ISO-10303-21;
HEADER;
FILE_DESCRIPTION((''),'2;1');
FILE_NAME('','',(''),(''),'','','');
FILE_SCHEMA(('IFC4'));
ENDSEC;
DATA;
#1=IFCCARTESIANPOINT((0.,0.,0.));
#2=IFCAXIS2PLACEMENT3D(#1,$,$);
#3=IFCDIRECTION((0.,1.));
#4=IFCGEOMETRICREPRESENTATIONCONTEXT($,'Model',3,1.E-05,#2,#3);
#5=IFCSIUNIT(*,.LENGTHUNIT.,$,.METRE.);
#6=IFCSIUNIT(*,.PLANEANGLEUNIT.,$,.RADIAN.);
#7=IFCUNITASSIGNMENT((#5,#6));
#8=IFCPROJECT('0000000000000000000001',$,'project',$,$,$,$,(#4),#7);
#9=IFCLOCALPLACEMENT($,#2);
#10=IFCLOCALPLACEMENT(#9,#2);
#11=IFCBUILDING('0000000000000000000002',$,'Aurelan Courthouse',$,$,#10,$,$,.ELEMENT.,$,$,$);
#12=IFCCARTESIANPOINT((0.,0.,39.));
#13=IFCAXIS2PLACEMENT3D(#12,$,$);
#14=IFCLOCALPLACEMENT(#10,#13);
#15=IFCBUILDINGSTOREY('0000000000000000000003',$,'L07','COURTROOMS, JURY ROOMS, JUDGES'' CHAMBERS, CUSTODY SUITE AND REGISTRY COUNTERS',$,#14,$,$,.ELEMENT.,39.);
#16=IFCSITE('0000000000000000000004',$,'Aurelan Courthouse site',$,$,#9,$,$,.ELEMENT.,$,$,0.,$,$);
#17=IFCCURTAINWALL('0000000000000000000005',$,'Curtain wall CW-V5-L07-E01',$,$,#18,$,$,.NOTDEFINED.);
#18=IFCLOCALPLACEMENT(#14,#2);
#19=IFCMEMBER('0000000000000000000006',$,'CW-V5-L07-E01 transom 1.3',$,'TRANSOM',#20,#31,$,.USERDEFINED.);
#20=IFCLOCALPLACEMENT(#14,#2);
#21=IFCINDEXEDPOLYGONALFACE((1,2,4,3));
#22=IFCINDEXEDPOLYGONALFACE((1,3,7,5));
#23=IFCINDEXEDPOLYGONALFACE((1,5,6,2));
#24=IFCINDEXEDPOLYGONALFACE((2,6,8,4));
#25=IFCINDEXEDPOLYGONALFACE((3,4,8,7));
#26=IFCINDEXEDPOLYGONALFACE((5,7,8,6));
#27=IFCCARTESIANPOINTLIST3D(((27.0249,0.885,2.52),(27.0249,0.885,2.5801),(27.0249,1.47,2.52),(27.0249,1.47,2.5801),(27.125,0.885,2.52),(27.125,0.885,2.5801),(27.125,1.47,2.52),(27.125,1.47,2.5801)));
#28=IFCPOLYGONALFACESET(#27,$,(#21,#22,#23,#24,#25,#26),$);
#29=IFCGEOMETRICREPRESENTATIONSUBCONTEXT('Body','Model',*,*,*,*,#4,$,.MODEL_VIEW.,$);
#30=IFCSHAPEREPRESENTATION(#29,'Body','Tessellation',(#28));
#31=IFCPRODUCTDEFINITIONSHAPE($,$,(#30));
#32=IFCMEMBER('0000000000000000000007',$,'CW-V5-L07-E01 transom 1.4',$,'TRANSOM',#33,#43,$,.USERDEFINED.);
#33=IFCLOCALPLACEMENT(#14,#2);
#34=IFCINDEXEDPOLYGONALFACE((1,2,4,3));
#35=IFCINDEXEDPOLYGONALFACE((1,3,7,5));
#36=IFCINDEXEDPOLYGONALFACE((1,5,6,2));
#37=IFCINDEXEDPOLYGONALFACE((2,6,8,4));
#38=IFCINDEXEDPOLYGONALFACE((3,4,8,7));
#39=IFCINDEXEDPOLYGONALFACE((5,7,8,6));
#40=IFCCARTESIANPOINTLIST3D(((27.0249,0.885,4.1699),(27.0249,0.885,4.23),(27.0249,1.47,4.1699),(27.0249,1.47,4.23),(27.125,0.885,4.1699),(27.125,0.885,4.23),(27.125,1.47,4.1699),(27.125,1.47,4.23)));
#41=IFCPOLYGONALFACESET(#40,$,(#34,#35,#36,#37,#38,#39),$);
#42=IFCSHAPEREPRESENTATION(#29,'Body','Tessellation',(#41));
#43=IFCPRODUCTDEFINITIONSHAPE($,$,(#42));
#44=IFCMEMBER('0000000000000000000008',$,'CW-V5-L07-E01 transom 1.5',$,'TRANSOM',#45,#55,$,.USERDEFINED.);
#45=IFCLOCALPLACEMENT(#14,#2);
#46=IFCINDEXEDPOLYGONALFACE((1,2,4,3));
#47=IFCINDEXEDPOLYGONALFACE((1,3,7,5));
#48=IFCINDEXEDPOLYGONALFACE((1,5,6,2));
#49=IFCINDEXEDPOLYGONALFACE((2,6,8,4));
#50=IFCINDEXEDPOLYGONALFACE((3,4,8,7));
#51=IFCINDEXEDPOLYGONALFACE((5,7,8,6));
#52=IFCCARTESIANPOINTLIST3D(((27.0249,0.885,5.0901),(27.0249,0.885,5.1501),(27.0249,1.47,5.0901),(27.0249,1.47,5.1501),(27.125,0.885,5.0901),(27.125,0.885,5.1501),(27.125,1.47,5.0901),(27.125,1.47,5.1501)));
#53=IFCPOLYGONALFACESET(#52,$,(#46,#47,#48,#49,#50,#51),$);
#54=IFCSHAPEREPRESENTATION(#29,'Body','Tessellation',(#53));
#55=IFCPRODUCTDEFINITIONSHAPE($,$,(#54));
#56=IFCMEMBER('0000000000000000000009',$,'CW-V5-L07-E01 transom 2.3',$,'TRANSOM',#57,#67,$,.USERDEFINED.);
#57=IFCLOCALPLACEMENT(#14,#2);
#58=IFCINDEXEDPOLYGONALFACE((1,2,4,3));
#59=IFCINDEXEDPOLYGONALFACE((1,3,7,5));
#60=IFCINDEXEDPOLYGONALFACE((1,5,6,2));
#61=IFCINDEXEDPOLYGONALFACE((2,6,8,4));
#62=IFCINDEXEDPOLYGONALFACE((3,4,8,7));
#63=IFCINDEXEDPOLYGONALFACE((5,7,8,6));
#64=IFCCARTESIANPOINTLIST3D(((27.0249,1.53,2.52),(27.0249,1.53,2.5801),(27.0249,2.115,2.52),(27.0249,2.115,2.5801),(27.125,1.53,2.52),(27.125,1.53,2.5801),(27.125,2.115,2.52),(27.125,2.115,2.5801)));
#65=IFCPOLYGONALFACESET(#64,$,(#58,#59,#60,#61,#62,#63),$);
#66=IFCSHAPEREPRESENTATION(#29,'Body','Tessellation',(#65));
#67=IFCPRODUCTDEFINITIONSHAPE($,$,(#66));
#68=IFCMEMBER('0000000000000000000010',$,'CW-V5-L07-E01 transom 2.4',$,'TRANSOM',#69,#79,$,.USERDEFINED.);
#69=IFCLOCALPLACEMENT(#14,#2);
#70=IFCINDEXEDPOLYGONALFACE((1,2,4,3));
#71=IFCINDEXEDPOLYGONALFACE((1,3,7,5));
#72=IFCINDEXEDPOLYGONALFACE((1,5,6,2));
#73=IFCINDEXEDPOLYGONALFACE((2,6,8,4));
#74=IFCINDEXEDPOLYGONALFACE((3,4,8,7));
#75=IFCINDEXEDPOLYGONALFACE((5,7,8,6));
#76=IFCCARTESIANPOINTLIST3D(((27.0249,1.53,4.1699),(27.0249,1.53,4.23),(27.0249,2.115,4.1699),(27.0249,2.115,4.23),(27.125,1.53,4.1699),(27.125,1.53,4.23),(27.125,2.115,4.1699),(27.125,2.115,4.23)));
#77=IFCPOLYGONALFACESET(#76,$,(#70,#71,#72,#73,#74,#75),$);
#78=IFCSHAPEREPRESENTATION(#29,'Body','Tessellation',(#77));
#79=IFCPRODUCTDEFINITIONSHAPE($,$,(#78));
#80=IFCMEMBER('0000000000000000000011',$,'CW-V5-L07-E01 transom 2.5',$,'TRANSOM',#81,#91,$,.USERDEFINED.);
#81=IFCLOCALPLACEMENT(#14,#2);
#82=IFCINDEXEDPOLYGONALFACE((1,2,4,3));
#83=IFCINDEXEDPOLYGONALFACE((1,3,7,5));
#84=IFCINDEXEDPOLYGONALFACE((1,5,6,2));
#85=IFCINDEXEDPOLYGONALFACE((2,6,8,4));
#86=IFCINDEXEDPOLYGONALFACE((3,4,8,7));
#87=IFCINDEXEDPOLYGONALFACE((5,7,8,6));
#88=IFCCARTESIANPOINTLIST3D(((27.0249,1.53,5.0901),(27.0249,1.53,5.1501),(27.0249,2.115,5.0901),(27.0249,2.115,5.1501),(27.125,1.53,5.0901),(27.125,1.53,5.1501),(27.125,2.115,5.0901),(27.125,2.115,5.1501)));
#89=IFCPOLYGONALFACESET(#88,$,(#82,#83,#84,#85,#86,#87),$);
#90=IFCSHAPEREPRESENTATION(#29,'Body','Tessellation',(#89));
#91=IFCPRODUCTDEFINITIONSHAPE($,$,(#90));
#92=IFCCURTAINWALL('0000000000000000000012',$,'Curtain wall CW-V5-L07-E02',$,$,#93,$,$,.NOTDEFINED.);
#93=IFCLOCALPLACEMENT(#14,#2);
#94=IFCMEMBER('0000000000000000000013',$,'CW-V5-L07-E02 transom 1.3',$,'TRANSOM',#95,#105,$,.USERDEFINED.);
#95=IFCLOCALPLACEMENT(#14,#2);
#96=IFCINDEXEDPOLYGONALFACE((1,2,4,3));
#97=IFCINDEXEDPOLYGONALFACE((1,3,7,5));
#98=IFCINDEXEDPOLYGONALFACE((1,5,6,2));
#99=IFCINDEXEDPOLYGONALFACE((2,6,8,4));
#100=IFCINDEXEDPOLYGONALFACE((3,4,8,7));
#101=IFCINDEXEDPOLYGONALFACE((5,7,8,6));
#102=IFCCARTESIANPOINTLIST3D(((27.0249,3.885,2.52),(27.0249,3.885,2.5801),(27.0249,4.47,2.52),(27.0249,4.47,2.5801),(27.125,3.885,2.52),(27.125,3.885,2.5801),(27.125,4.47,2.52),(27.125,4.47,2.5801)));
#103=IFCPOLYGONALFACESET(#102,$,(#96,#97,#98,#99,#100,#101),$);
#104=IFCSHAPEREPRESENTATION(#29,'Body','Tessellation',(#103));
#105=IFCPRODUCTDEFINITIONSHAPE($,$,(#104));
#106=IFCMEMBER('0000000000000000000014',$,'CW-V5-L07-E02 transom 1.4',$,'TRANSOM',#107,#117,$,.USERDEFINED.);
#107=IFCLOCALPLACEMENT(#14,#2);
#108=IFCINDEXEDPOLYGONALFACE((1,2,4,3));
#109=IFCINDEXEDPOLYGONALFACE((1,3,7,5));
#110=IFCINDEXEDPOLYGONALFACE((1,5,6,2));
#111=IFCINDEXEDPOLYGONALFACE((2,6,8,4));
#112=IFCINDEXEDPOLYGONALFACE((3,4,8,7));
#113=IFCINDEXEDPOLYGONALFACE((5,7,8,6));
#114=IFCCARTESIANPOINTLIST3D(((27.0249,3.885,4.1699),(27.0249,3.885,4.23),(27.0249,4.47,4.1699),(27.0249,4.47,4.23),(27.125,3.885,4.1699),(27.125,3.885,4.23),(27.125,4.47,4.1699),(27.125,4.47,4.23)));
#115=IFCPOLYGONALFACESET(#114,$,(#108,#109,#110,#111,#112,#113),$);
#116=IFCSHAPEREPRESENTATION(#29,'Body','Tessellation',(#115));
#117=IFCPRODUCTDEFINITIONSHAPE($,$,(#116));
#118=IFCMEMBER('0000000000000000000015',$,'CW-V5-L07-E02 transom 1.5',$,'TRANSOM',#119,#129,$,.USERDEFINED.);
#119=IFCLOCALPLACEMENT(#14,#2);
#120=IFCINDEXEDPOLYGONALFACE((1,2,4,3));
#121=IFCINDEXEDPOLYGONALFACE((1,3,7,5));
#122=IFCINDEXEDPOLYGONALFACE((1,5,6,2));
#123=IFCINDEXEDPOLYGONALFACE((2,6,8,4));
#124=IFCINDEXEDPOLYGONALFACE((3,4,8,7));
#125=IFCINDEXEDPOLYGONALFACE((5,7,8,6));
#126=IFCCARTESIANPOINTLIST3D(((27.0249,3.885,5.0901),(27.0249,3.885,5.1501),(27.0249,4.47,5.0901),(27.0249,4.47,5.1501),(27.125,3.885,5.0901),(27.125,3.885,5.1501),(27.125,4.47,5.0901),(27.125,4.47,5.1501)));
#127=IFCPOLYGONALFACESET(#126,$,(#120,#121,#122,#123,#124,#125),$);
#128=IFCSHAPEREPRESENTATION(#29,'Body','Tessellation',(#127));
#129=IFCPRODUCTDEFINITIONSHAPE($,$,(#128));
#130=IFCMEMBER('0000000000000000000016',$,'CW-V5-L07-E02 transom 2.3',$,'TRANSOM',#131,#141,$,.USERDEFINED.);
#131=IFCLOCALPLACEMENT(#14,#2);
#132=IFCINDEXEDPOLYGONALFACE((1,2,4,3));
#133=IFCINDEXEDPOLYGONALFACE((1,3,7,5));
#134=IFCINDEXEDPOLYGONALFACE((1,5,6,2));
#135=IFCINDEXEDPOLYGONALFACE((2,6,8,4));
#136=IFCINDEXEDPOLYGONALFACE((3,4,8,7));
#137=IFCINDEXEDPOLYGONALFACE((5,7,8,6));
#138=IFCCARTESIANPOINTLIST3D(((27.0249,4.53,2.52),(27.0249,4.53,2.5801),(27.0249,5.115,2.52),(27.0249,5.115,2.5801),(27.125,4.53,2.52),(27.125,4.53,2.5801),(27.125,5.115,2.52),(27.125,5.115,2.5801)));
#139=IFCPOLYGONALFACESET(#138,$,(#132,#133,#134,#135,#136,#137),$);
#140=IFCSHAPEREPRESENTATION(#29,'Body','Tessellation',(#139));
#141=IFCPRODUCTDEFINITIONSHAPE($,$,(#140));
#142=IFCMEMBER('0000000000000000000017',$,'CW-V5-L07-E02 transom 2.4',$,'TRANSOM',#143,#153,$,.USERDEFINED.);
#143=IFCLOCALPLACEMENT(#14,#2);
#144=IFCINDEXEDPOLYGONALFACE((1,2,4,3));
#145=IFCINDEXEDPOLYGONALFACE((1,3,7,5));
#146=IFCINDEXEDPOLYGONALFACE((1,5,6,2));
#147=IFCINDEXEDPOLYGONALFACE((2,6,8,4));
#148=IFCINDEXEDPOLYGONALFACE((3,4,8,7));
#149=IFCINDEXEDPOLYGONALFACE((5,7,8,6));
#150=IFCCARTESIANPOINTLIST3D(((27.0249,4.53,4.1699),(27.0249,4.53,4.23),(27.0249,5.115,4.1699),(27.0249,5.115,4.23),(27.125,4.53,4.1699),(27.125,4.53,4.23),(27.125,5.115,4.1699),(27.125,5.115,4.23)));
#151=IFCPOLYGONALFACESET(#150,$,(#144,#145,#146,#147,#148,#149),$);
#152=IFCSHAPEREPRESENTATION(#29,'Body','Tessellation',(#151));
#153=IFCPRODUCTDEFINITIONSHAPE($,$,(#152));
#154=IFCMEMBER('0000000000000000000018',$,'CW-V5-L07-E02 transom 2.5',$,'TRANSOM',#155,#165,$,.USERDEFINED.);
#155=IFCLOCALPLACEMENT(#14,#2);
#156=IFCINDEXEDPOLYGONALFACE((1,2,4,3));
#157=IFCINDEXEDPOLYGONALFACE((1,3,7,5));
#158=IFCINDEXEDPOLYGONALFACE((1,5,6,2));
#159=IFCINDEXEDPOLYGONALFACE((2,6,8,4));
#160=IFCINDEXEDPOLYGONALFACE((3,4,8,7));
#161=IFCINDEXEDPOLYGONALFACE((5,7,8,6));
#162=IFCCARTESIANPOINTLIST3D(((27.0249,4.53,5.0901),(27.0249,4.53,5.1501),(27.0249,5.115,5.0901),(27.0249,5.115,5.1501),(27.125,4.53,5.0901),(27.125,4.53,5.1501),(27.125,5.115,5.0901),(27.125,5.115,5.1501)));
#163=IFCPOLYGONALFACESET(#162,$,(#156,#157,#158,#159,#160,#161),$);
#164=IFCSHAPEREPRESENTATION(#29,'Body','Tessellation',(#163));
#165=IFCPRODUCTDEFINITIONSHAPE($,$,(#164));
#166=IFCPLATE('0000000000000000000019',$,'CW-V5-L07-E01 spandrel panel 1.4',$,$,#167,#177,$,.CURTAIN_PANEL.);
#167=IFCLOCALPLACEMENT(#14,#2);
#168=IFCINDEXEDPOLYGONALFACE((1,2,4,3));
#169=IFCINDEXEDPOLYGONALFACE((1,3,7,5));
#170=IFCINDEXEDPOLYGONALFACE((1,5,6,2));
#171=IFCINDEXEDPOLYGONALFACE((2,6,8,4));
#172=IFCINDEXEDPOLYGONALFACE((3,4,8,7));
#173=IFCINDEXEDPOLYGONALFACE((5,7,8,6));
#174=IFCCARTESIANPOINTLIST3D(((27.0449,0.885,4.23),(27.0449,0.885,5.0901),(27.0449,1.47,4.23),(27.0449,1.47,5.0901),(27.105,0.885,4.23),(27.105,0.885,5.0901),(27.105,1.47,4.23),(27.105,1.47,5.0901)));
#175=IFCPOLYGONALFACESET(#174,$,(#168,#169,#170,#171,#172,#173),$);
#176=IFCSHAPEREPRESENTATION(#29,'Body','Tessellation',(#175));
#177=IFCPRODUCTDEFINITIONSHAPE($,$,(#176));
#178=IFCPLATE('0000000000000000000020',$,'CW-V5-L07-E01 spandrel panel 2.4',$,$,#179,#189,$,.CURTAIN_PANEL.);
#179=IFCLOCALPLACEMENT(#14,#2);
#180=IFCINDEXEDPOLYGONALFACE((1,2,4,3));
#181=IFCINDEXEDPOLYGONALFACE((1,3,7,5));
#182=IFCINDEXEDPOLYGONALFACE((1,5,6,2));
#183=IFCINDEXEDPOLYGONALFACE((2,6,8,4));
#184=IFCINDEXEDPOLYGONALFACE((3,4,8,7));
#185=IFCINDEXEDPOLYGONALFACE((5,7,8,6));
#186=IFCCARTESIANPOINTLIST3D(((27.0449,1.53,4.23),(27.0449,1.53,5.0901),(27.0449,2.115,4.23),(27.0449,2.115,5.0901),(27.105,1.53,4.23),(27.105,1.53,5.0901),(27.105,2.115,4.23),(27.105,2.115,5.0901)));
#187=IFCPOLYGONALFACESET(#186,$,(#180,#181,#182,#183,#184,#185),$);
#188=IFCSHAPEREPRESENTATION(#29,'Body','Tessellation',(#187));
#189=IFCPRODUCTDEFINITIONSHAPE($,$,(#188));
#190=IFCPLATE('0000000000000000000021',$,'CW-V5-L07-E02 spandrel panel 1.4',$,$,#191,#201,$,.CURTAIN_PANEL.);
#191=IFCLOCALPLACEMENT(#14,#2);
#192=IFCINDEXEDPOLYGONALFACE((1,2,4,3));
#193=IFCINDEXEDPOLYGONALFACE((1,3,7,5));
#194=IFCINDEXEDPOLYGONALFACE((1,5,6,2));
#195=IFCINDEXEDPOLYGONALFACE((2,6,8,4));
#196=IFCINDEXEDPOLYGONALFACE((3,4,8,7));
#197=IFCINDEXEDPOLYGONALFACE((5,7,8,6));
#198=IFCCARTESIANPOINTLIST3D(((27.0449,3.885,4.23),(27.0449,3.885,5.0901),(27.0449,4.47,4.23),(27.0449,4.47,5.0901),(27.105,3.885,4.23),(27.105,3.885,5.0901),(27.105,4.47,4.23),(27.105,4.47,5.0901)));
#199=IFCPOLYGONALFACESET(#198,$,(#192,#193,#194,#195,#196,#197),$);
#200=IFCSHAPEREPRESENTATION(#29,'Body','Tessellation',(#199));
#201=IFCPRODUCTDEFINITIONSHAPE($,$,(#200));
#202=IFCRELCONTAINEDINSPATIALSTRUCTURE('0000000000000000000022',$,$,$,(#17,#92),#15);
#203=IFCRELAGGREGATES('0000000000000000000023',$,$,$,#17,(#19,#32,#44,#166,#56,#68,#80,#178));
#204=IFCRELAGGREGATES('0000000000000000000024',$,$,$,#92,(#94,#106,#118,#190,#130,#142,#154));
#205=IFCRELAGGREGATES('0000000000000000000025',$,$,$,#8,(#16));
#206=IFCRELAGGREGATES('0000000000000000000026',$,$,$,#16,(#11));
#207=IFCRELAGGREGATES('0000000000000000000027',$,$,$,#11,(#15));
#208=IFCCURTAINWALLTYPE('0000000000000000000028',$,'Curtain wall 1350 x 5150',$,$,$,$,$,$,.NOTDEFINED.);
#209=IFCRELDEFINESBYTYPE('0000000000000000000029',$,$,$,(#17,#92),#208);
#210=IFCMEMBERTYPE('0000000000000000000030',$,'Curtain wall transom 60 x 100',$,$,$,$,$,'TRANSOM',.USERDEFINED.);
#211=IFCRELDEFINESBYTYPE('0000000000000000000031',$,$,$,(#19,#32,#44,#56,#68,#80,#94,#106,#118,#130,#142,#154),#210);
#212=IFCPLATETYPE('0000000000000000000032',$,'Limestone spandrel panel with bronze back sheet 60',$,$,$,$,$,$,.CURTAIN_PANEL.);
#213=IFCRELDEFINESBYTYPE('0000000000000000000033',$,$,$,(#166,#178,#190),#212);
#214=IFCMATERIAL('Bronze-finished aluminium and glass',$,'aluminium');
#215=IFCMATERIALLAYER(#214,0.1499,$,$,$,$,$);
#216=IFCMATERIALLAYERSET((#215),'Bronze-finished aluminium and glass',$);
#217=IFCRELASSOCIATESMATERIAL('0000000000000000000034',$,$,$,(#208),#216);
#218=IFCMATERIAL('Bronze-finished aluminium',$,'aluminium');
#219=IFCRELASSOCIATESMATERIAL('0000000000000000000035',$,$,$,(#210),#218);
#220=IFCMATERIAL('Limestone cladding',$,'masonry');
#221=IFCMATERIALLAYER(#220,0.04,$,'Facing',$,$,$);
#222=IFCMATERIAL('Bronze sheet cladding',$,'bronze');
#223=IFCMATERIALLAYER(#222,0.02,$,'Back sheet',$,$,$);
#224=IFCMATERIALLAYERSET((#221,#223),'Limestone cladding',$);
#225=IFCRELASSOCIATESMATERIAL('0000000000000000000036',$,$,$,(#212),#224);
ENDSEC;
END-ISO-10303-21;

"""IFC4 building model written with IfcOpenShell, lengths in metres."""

from ifc_helpers import new_model, si_unit, direction, frame, origin, origin_2d, place, context, subcontext, project, spatial, rectangle, extrude, material, layer, layer_set, material_profile, profile_set, type_object, element, aggregate, save


model = new_model("IFC4")

# Units and contexts
model_context = context("Model", 3, precision=1e-05, world=origin(), true_north=direction((0.0, 1.0)))
body_context = subcontext(model_context, "Body", "Model", "MODEL_VIEW")
ifc_project = project(units=[si_unit("LENGTHUNIT", "METRE"), si_unit("PLANEANGLEUNIT", "RADIAN")], contexts=[model_context])

# Site, building, storey
site_placement = place(None, origin())
site = spatial("IfcSite", under=ifc_project, at=site_placement, Name="Aurelan Courthouse site", CompositionType="ELEMENT", RefElevation=0.0)
building_placement = place(site_placement, origin())
building = spatial("IfcBuilding", under=site, at=building_placement, Name="Aurelan Courthouse", CompositionType="ELEMENT")
storey_placement = place(building_placement, frame((0.0, 0.0, 39.0)))
storey = spatial("IfcBuildingStorey", under=building, at=storey_placement, Name="L07", Description="COURTROOMS, JURY ROOMS, JUDGES' CHAMBERS, CUSTODY SUITE AND REGISTRY COUNTERS", CompositionType="ELEMENT", Elevation=39.0)

# Curtain walls, members
ifc_material_1 = material(Name="Bronze-finished aluminium and glass", Category="aluminium")
ifc_layer_1 = layer(ifc_material_1, 0.1499)
ifc_layer_set_1 = layer_set([ifc_layer_1], Name="Bronze-finished aluminium and glass")
curtain_wall_type = type_object("IfcCurtainWallType", Name="Curtain wall 1350 x 5150", PredefinedType="NOTDEFINED", material=ifc_layer_set_1)
curtain_wall_1_placement = place(storey_placement, origin())
curtain_wall_1 = element("IfcCurtainWall", 1, at=curtain_wall_1_placement, inside=storey, type_object=curtain_wall_type, Name="Curtain wall CW-V5-L07-E01", PredefinedType="NOTDEFINED")
ifc_material_2 = material(Name="Bronze-finished aluminium", Category="aluminium")
ifc_material_profile = material_profile(ifc_material_2, rectangle(XDim=0.1001, YDim=0.0601, at=origin_2d()), Name="Bronze transom 60 x 100")
ifc_profile_set = profile_set([ifc_material_profile], Name="Bronze-finished aluminium")
member_type = type_object("IfcMemberType", Name="Curtain wall transom 60 x 100", ElementType="TRANSOM", PredefinedType="USERDEFINED", material=ifc_profile_set)
member_1_placement = place(storey_placement, frame((27.075, 0.885, 2.55), z_axis=(0.0, 1.0, 0.0), x_axis=(-1.0, 0.0, 0.0)))
member_1 = element("IfcMember", 2, at=member_1_placement, type_object=member_type, Name="CW-V5-L07-E01 transom 1.3", ObjectType="TRANSOM", PredefinedType="USERDEFINED", context=body_context, shape_type="SweptSolid", body=[
    extrude(rectangle(XDim=0.1001, YDim=0.0601, at=origin_2d()), origin(), (0.0, 0.0, 1.0), 0.585),
])
member_2_placement = place(storey_placement, frame((27.075, 0.885, 4.2), z_axis=(0.0, 1.0, 0.0), x_axis=(-1.0, 0.0, 0.0)))
member_2 = element("IfcMember", 3, at=member_2_placement, type_object=member_type, Name="CW-V5-L07-E01 transom 1.4", ObjectType="TRANSOM", PredefinedType="USERDEFINED", context=body_context, shape_type="SweptSolid", body=[
    extrude(rectangle(XDim=0.1001, YDim=0.0601, at=origin_2d()), origin(), (0.0, 0.0, 1.0), 0.585),
])
member_3_placement = place(storey_placement, frame((27.075, 0.885, 5.1201), z_axis=(0.0, 1.0, 0.0), x_axis=(-1.0, 0.0, 0.0)))
member_3 = element("IfcMember", 4, at=member_3_placement, type_object=member_type, Name="CW-V5-L07-E01 transom 1.5", ObjectType="TRANSOM", PredefinedType="USERDEFINED", context=body_context, shape_type="SweptSolid", body=[
    extrude(rectangle(XDim=0.1001, YDim=0.0601, at=origin_2d()), origin(), (0.0, 0.0, 1.0), 0.585),
])
member_4_placement = place(storey_placement, frame((27.075, 1.53, 2.55), z_axis=(0.0, 1.0, 0.0), x_axis=(-1.0, 0.0, 0.0)))
member_4 = element("IfcMember", 5, at=member_4_placement, type_object=member_type, Name="CW-V5-L07-E01 transom 2.3", ObjectType="TRANSOM", PredefinedType="USERDEFINED", context=body_context, shape_type="SweptSolid", body=[
    extrude(rectangle(XDim=0.1001, YDim=0.0601, at=origin_2d()), origin(), (0.0, 0.0, 1.0), 0.585),
])
member_5_placement = place(storey_placement, frame((27.075, 1.53, 4.2), z_axis=(0.0, 1.0, 0.0), x_axis=(-1.0, 0.0, 0.0)))
member_5 = element("IfcMember", 6, at=member_5_placement, type_object=member_type, Name="CW-V5-L07-E01 transom 2.4", ObjectType="TRANSOM", PredefinedType="USERDEFINED", context=body_context, shape_type="SweptSolid", body=[
    extrude(rectangle(XDim=0.1001, YDim=0.0601, at=origin_2d()), origin(), (0.0, 0.0, 1.0), 0.585),
])
member_6_placement = place(storey_placement, frame((27.075, 1.53, 5.1201), z_axis=(0.0, 1.0, 0.0), x_axis=(-1.0, 0.0, 0.0)))
member_6 = element("IfcMember", 7, at=member_6_placement, type_object=member_type, Name="CW-V5-L07-E01 transom 2.5", ObjectType="TRANSOM", PredefinedType="USERDEFINED", context=body_context, shape_type="SweptSolid", body=[
    extrude(rectangle(XDim=0.1001, YDim=0.0601, at=origin_2d()), origin(), (0.0, 0.0, 1.0), 0.585),
])
curtain_wall_2_placement = place(storey_placement, origin())
curtain_wall_2 = element("IfcCurtainWall", 8, at=curtain_wall_2_placement, inside=storey, type_object=curtain_wall_type, Name="Curtain wall CW-V5-L07-E02", PredefinedType="NOTDEFINED")
member_7_placement = place(storey_placement, frame((27.075, 3.885, 2.55), z_axis=(0.0, 1.0, 0.0), x_axis=(-1.0, 0.0, 0.0)))
member_7 = element("IfcMember", 9, at=member_7_placement, type_object=member_type, Name="CW-V5-L07-E02 transom 1.3", ObjectType="TRANSOM", PredefinedType="USERDEFINED", context=body_context, shape_type="SweptSolid", body=[
    extrude(rectangle(XDim=0.1001, YDim=0.0601, at=origin_2d()), origin(), (0.0, 0.0, 1.0), 0.585),
])
member_8_placement = place(storey_placement, frame((27.075, 3.885, 4.2), z_axis=(0.0, 1.0, 0.0), x_axis=(-1.0, 0.0, 0.0)))
member_8 = element("IfcMember", 10, at=member_8_placement, type_object=member_type, Name="CW-V5-L07-E02 transom 1.4", ObjectType="TRANSOM", PredefinedType="USERDEFINED", context=body_context, shape_type="SweptSolid", body=[
    extrude(rectangle(XDim=0.1001, YDim=0.0601, at=origin_2d()), origin(), (0.0, 0.0, 1.0), 0.585),
])
member_9_placement = place(storey_placement, frame((27.075, 3.885, 5.1201), z_axis=(0.0, 1.0, 0.0), x_axis=(-1.0, 0.0, 0.0)))
member_9 = element("IfcMember", 11, at=member_9_placement, type_object=member_type, Name="CW-V5-L07-E02 transom 1.5", ObjectType="TRANSOM", PredefinedType="USERDEFINED", context=body_context, shape_type="SweptSolid", body=[
    extrude(rectangle(XDim=0.1001, YDim=0.0601, at=origin_2d()), origin(), (0.0, 0.0, 1.0), 0.585),
])
member_10_placement = place(storey_placement, frame((27.075, 4.53, 2.55), z_axis=(0.0, 1.0, 0.0), x_axis=(-1.0, 0.0, 0.0)))
member_10 = element("IfcMember", 12, at=member_10_placement, type_object=member_type, Name="CW-V5-L07-E02 transom 2.3", ObjectType="TRANSOM", PredefinedType="USERDEFINED", context=body_context, shape_type="SweptSolid", body=[
    extrude(rectangle(XDim=0.1001, YDim=0.0601, at=origin_2d()), origin(), (0.0, 0.0, 1.0), 0.585),
])
member_11_placement = place(storey_placement, frame((27.075, 4.53, 4.2), z_axis=(0.0, 1.0, 0.0), x_axis=(-1.0, 0.0, 0.0)))
member_11 = element("IfcMember", 13, at=member_11_placement, type_object=member_type, Name="CW-V5-L07-E02 transom 2.4", ObjectType="TRANSOM", PredefinedType="USERDEFINED", context=body_context, shape_type="SweptSolid", body=[
    extrude(rectangle(XDim=0.1001, YDim=0.0601, at=origin_2d()), origin(), (0.0, 0.0, 1.0), 0.585),
])
member_12_placement = place(storey_placement, frame((27.075, 4.53, 5.1201), z_axis=(0.0, 1.0, 0.0), x_axis=(-1.0, 0.0, 0.0)))
member_12 = element("IfcMember", 14, at=member_12_placement, type_object=member_type, Name="CW-V5-L07-E02 transom 2.5", ObjectType="TRANSOM", PredefinedType="USERDEFINED", context=body_context, shape_type="SweptSolid", body=[
    extrude(rectangle(XDim=0.1001, YDim=0.0601, at=origin_2d()), origin(), (0.0, 0.0, 1.0), 0.585),
])

# Plates
ifc_material_3 = material(Name="Limestone cladding", Category="masonry")
ifc_layer_2 = layer(ifc_material_3, 0.04, Name="Facing")
ifc_material_4 = material(Name="Bronze sheet cladding", Category="bronze")
ifc_layer_3 = layer(ifc_material_4, 0.02, Name="Back sheet")
ifc_layer_set_2 = layer_set([ifc_layer_2, ifc_layer_3], Name="Limestone cladding")
plate_type_1 = type_object("IfcPlateType", Name="Limestone spandrel panel with bronze back sheet 60", PredefinedType="CURTAIN_PANEL", material=ifc_layer_set_2)
plate_1_placement = place(storey_placement, frame((27.075, 1.1775, 4.23), z_axis=(0.0, 0.0, 1.0), x_axis=(0.0, 1.0, 0.0)))
plate_1 = element("IfcPlate", 15, at=plate_1_placement, type_object=plate_type_1, Name="CW-V5-L07-E01 spandrel panel 1.4", PredefinedType="CURTAIN_PANEL", context=body_context, shape_type="SweptSolid", body=[
    extrude(rectangle(XDim=0.585, YDim=0.0601, at=origin_2d()), origin(), (0.0, 0.0, 1.0), 0.8601),
])
plate_2_placement = place(storey_placement, frame((27.075, 1.8225, 4.23), z_axis=(0.0, 0.0, 1.0), x_axis=(0.0, 1.0, 0.0)))
plate_2 = element("IfcPlate", 16, at=plate_2_placement, type_object=plate_type_1, Name="CW-V5-L07-E01 spandrel panel 2.4", PredefinedType="CURTAIN_PANEL", context=body_context, shape_type="SweptSolid", body=[
    extrude(rectangle(XDim=0.585, YDim=0.0601, at=origin_2d()), origin(), (0.0, 0.0, 1.0), 0.8601),
])
plate_3_placement = place(storey_placement, frame((27.075, 4.1775, 4.23), z_axis=(0.0, 0.0, 1.0), x_axis=(0.0, 1.0, 0.0)))
plate_3 = element("IfcPlate", 17, at=plate_3_placement, type_object=plate_type_1, Name="CW-V5-L07-E02 spandrel panel 1.4", PredefinedType="CURTAIN_PANEL", context=body_context, shape_type="SweptSolid", body=[
    extrude(rectangle(XDim=0.585, YDim=0.0601, at=origin_2d()), origin(), (0.0, 0.0, 1.0), 0.8601),
])
aggregate(curtain_wall_1, [member_1, member_2, member_3, plate_1, member_4, member_5, member_6, plate_2])
aggregate(curtain_wall_2, [member_7, member_8, member_9, plate_3, member_10, member_11, member_12])

save(model, "model.ifc")
